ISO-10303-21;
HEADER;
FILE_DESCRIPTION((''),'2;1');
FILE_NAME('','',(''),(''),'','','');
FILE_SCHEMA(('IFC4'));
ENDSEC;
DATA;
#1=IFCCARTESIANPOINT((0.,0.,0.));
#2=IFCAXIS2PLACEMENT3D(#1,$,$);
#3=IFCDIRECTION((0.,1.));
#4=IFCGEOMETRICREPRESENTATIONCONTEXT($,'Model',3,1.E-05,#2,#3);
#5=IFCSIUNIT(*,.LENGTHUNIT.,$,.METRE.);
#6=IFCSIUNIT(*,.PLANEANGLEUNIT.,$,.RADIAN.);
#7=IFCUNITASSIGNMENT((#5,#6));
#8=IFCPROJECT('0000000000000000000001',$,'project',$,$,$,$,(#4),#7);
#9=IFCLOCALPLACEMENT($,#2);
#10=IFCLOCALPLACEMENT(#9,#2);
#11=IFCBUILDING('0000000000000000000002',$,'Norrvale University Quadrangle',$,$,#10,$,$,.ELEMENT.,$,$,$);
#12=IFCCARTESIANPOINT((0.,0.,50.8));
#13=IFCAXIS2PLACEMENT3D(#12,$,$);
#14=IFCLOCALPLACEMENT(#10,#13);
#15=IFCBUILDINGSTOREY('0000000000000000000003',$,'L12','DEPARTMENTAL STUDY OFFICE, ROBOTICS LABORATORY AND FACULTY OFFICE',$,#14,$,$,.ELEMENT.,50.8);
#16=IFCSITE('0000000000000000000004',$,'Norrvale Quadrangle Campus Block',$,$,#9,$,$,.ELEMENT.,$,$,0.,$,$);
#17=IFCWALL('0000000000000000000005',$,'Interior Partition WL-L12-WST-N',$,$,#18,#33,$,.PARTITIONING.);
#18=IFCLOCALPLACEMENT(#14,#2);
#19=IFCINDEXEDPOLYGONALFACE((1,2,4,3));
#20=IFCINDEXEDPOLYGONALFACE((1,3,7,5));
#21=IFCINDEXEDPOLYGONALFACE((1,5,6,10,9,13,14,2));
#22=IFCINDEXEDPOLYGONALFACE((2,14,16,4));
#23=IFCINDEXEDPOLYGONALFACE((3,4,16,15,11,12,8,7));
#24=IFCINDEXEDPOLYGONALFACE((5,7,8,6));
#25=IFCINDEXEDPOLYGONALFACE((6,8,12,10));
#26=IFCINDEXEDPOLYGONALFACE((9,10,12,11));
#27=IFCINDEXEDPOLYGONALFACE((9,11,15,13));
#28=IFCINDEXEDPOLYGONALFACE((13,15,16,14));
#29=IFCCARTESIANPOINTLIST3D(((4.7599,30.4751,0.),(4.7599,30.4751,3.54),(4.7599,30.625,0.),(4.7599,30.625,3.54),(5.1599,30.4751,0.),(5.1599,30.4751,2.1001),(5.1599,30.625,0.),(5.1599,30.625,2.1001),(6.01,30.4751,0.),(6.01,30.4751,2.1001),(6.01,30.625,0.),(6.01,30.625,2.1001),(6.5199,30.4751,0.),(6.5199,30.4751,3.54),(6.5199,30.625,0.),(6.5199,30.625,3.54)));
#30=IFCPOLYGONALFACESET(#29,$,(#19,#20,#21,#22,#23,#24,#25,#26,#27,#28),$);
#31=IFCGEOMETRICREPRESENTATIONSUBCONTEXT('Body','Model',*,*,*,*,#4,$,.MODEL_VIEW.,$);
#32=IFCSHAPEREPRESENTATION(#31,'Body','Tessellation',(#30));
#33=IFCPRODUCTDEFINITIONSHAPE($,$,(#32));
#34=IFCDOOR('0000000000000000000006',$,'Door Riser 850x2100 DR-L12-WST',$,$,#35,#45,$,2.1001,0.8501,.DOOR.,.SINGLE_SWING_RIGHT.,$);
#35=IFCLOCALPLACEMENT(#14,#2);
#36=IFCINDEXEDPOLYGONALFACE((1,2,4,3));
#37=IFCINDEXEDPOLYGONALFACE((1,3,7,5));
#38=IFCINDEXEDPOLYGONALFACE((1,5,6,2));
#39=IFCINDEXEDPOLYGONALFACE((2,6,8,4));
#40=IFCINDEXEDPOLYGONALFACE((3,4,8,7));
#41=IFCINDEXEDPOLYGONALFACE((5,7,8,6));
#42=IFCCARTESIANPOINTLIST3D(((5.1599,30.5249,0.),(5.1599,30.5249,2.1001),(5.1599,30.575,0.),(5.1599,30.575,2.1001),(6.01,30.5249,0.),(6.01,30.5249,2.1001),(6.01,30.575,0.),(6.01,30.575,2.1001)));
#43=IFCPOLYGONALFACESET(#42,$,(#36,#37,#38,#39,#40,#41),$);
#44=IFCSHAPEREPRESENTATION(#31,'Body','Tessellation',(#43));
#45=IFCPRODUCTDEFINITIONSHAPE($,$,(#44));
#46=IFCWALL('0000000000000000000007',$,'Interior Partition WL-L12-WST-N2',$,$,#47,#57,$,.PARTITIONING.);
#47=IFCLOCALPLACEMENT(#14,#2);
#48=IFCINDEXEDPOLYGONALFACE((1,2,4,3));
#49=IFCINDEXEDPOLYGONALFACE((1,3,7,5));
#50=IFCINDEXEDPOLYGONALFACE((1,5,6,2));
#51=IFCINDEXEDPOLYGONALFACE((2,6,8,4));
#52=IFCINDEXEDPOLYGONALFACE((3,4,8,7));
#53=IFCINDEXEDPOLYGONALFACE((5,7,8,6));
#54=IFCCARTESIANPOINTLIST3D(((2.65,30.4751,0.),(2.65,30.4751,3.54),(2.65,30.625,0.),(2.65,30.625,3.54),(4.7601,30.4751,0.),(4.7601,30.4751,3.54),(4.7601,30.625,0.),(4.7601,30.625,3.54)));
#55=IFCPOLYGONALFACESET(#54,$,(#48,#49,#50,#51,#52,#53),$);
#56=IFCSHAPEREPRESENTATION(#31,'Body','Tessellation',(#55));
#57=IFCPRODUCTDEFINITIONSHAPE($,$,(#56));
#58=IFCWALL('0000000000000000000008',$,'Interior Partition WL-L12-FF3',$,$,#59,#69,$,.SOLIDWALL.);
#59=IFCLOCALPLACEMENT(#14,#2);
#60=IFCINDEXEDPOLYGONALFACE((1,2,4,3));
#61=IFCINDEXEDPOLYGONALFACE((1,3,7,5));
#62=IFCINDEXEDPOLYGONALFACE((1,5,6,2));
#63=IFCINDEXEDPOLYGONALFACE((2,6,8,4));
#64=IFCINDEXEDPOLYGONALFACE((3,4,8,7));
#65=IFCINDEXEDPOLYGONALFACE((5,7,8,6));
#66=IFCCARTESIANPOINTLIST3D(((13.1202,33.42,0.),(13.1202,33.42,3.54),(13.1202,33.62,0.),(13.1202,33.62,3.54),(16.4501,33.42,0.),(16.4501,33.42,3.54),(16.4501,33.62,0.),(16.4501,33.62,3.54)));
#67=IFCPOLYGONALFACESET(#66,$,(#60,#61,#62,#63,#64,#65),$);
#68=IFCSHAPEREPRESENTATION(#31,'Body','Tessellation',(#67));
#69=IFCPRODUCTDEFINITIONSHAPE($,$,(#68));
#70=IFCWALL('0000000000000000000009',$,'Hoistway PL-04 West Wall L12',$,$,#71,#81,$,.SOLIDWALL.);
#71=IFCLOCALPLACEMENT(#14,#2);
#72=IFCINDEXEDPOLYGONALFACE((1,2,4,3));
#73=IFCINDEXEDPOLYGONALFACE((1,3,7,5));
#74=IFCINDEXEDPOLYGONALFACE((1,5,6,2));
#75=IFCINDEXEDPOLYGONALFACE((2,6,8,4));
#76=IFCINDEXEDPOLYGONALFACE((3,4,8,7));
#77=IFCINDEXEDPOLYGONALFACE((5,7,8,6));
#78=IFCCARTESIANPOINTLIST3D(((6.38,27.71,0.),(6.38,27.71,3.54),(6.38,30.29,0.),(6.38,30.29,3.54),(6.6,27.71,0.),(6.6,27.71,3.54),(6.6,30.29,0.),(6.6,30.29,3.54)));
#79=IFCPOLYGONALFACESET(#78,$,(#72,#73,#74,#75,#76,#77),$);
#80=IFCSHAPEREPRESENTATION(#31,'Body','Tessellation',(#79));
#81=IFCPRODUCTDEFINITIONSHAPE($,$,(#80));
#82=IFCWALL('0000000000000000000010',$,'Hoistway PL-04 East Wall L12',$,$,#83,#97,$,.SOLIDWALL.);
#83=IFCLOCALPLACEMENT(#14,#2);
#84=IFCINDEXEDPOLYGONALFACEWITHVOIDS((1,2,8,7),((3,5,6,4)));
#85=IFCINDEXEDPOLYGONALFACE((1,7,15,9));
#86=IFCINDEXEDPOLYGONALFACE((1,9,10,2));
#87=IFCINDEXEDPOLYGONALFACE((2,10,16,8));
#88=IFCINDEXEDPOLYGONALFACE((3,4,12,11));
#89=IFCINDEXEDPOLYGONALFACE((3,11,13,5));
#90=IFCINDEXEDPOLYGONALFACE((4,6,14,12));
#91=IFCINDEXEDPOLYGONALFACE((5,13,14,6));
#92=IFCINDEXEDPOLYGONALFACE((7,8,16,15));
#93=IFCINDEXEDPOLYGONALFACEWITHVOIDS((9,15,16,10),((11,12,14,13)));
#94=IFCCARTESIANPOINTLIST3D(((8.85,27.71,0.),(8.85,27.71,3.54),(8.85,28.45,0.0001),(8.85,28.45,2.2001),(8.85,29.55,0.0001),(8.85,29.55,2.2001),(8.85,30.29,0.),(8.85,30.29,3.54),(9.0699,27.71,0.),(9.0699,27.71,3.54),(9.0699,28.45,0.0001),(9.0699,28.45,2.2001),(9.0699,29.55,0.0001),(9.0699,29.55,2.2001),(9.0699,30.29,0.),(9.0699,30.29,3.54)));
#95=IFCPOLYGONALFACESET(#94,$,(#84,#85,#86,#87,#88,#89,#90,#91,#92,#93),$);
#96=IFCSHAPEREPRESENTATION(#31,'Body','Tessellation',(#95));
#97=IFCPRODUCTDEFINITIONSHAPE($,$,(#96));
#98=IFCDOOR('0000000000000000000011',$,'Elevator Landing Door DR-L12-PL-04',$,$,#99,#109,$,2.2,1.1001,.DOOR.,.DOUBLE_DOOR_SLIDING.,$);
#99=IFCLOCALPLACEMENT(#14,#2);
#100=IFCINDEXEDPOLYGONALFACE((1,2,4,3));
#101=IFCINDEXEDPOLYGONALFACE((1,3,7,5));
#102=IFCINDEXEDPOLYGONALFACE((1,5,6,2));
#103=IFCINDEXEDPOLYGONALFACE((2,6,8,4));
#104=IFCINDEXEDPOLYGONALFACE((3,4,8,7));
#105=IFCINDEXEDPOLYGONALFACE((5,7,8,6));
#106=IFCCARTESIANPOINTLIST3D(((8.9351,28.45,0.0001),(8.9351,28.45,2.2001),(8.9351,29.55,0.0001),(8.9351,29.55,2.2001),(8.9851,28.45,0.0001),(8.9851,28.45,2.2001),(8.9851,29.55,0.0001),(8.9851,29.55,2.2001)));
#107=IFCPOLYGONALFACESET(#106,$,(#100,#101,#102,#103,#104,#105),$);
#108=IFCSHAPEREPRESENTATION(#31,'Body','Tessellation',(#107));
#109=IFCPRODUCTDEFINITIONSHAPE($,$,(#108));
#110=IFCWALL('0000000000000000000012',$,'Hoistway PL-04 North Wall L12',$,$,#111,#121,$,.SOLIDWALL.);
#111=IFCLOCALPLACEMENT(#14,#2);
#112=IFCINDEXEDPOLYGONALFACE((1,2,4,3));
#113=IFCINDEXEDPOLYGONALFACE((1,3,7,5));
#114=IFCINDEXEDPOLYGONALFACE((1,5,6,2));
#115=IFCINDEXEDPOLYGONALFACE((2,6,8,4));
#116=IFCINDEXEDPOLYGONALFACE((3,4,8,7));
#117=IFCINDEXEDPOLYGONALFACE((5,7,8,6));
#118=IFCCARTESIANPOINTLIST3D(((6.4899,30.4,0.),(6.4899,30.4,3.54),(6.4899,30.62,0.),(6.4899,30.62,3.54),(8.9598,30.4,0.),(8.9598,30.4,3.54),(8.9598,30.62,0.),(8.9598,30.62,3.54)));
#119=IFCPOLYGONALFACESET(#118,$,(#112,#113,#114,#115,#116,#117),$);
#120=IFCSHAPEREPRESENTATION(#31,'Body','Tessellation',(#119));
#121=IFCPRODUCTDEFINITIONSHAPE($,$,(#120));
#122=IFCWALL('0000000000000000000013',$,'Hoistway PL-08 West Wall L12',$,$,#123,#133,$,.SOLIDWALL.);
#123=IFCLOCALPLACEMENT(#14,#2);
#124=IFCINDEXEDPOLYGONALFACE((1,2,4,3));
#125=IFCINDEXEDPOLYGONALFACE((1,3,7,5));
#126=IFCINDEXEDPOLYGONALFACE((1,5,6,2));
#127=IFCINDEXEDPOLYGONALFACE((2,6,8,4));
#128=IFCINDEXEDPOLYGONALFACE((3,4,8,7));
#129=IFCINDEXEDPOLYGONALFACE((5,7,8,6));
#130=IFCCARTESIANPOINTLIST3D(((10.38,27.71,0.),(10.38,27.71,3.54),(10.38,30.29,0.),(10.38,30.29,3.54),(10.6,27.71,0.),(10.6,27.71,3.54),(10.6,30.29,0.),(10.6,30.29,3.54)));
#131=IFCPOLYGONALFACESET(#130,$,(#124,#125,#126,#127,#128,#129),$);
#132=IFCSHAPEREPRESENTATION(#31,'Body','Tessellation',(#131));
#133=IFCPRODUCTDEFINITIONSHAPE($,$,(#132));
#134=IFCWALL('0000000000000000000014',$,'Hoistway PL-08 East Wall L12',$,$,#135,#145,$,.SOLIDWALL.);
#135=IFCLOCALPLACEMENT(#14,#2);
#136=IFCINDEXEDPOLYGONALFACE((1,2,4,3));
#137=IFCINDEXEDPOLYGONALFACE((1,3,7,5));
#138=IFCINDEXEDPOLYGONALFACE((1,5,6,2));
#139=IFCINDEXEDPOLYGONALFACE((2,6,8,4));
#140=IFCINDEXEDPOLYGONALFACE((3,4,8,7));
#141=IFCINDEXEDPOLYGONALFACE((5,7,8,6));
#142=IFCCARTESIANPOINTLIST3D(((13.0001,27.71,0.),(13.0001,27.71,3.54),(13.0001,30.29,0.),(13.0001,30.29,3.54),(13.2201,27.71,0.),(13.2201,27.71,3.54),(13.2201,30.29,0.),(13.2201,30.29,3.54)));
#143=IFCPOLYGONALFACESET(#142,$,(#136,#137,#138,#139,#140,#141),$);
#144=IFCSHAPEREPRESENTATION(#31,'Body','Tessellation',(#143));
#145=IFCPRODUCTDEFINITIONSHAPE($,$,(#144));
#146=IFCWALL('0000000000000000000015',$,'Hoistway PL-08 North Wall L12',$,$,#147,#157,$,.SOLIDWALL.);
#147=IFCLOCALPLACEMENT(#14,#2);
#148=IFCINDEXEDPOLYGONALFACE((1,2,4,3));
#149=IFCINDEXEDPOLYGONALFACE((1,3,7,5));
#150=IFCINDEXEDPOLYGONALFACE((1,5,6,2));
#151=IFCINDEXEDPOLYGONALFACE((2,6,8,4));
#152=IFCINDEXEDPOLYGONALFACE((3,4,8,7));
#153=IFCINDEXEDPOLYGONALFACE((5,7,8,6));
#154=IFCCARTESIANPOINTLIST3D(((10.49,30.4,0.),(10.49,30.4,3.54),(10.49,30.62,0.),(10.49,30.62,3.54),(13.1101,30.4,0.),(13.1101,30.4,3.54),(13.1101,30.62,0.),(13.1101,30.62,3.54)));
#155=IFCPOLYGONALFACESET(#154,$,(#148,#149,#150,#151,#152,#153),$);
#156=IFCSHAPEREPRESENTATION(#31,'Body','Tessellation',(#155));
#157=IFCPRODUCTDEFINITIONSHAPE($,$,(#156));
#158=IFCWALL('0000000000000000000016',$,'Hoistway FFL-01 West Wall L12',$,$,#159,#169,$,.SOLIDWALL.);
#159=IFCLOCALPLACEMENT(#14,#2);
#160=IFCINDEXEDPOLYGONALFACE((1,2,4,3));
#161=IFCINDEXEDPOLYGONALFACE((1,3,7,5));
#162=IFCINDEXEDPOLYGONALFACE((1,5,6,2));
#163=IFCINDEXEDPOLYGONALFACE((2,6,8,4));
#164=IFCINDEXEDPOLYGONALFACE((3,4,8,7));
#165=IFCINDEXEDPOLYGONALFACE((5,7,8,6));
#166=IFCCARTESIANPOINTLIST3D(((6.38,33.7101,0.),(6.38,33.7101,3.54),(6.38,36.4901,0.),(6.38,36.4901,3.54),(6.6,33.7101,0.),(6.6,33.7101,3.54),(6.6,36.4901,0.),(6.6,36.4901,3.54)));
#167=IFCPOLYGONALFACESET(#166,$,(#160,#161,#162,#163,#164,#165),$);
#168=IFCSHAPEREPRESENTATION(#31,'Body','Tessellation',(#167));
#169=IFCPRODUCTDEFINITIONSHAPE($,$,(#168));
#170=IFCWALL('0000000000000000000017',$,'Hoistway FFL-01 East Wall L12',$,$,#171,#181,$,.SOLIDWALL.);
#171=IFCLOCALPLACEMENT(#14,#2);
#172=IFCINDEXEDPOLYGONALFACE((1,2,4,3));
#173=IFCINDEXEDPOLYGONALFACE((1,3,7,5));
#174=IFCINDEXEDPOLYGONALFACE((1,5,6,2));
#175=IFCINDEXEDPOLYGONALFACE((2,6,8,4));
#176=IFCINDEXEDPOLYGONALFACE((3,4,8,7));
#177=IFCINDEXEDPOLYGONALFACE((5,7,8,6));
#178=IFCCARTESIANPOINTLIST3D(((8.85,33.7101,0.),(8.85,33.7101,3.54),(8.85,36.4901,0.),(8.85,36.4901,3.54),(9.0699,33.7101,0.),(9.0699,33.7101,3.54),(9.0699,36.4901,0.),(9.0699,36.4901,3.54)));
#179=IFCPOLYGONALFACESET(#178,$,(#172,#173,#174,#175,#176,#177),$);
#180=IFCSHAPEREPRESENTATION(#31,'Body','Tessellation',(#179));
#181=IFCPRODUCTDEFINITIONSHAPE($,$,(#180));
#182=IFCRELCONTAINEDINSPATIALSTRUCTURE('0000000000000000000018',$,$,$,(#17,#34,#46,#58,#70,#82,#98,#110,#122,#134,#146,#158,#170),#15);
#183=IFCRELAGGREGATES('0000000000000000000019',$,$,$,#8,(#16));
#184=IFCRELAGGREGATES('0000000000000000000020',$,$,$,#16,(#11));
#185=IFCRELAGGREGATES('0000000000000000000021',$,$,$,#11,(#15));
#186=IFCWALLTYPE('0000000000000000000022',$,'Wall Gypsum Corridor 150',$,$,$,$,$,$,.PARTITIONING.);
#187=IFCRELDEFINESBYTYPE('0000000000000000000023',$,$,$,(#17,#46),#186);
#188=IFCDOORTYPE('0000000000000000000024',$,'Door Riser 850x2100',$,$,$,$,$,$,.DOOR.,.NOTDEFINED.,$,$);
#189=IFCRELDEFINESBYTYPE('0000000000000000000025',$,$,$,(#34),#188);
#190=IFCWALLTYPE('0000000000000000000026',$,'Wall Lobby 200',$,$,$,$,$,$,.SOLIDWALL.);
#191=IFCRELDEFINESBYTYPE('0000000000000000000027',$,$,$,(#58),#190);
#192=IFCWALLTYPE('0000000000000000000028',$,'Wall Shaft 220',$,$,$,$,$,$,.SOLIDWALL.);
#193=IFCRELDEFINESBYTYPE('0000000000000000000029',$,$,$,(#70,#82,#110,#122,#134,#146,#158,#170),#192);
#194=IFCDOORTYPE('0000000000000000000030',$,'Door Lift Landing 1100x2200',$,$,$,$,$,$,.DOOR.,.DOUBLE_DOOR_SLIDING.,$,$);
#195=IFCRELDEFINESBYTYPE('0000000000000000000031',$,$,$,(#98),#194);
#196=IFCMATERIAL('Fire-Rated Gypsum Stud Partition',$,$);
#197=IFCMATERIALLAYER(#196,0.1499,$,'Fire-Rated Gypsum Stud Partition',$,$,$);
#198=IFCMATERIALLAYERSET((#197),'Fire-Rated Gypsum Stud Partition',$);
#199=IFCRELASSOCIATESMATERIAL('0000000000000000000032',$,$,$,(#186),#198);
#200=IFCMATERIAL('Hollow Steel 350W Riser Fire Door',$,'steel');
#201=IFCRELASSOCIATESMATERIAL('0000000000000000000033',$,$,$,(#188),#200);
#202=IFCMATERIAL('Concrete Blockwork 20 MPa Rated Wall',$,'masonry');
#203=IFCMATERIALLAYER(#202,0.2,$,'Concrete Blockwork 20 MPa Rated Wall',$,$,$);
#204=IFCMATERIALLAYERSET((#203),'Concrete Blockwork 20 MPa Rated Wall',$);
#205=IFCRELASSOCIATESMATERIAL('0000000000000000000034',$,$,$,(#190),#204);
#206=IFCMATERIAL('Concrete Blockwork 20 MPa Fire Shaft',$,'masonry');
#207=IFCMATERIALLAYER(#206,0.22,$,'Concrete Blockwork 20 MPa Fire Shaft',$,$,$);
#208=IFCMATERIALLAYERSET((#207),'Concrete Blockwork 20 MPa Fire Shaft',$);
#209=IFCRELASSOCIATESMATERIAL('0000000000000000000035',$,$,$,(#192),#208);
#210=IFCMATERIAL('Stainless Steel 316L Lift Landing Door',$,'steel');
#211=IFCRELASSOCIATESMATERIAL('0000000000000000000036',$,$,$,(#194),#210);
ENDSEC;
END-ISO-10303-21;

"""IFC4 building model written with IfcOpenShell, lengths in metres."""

from ifc_helpers import new_model, si_unit, direction, frame, frame_2d, origin, place, context, subcontext, project, spatial, rectangle, extrude, material, layer, layer_set, type_object, element, fill, save


model = new_model("IFC4")

# Units and contexts
model_context = context("Model", 3, precision=1e-05, world=origin(), true_north=direction((0.0, 1.0)))
body_context = subcontext(model_context, "Body", "Model", "MODEL_VIEW")
ifc_project = project(units=[si_unit("LENGTHUNIT", "METRE"), si_unit("PLANEANGLEUNIT", "RADIAN")], contexts=[model_context])

# Site, building, storey
site_placement = place(None, origin())
site = spatial("IfcSite", under=ifc_project, at=site_placement, Name="Norrvale Quadrangle Campus Block", CompositionType="ELEMENT", RefElevation=0.0)
building_placement = place(site_placement, origin())
building = spatial("IfcBuilding", under=site, at=building_placement, Name="Norrvale University Quadrangle", CompositionType="ELEMENT")
storey_placement = place(building_placement, frame((0.0, 0.0, 50.8)))
storey = spatial("IfcBuildingStorey", under=building, at=storey_placement, Name="L12", Description="DEPARTMENTAL STUDY OFFICE, ROBOTICS LABORATORY AND FACULTY OFFICE", CompositionType="ELEMENT", Elevation=50.8)

# Shared definitions
ifc_material_1 = material(Name="Fire-Rated Gypsum Stud Partition")
ifc_layer_1 = layer(ifc_material_1, 0.1499, Name="Fire-Rated Gypsum Stud Partition")
ifc_layer_set_1 = layer_set([ifc_layer_1], Name="Fire-Rated Gypsum Stud Partition")
wall_type_1 = type_object("IfcWallType", Name="Wall Gypsum Corridor 150", PredefinedType="PARTITIONING", material=ifc_layer_set_1)

# Wall, opening, door
ifc_material_2 = material(Name="Hollow Steel 350W Riser Fire Door", Category="steel")
door_type_1 = type_object("IfcDoorType", Name="Door Riser 850x2100", OperationType="NOTDEFINED", PredefinedType="DOOR", material=ifc_material_2)
wall_1_placement = place(storey_placement, frame((4.76, 30.55, 0.0), z_axis=(0.0, 0.0, 1.0), x_axis=(1.0, 0.0, 0.0)))
wall_1 = element("IfcWall", 1, at=wall_1_placement, inside=storey, type_object=wall_type_1, Name="Interior Partition WL-L12-WST-N", PredefinedType="PARTITIONING", context=body_context, shape_type="SweptSolid", body=[
    extrude(rectangle(XDim=1.76, YDim=0.1499, at=frame_2d((0.8799, 0.0))), origin(), (0.0, 0.0, 1.0), 3.54),
])
opening_1_placement = place(wall_1_placement, frame((0.3999, 0.0, 0.0)))
opening_1 = element("IfcOpeningElement", 2, at=opening_1_placement, cuts=wall_1, PredefinedType="OPENING", context=body_context, shape_type="SweptSolid", body=[
    extrude(rectangle(XDim=0.8501, YDim=2.1001, at=frame_2d((0.425, 1.05))), frame((0.0, 0.0869, 0.0), z_axis=(0.0, -1.0, 0.0), x_axis=(1.0, 0.0, 0.0)), (0.0, 0.0, 1.0), 0.1738),
])
door_1_placement = place(opening_1_placement, origin())
door_1 = element("IfcDoor", 3, at=door_1_placement, inside=storey, type_object=door_type_1, Name="Door Riser 850x2100 DR-L12-WST", OperationType="SINGLE_SWING_RIGHT", OverallHeight=2.1001, OverallWidth=0.8501, PredefinedType="DOOR", context=body_context, shape_type="SweptSolid", body=[
    extrude(rectangle(XDim=0.8501, YDim=2.1001, at=frame_2d((0.425, 1.05))), frame((0.0, 0.0249, 0.0), z_axis=(0.0, -1.0, 0.0), x_axis=(1.0, 0.0, 0.0)), (0.0, 0.0, 1.0), 0.05),
])
fill(opening_1, door_1)

# Walls
wall_2_placement = place(storey_placement, frame((2.6499, 30.55, 0.0), z_axis=(0.0, 0.0, 1.0), x_axis=(1.0, 0.0, 0.0)))
element("IfcWall", 4, at=wall_2_placement, inside=storey, type_object=wall_type_1, Name="Interior Partition WL-L12-WST-N2", PredefinedType="PARTITIONING", context=body_context, shape_type="SweptSolid", body=[
    extrude(rectangle(XDim=2.1101, YDim=0.1499, at=frame_2d((1.0552, 0.0))), origin(), (0.0, 0.0, 1.0), 3.54),
])
ifc_material_3 = material(Name="Concrete Blockwork 20 MPa Rated Wall", Category="masonry")
ifc_layer_2 = layer(ifc_material_3, 0.2, Name="Concrete Blockwork 20 MPa Rated Wall")
ifc_layer_set_2 = layer_set([ifc_layer_2], Name="Concrete Blockwork 20 MPa Rated Wall")
wall_type_2 = type_object("IfcWallType", Name="Wall Lobby 200", PredefinedType="SOLIDWALL", material=ifc_layer_set_2)
wall_3_placement = place(storey_placement, frame((13.1201, 33.52, 0.0), z_axis=(0.0, 0.0, 1.0), x_axis=(1.0, 0.0, 0.0)))
element("IfcWall", 5, at=wall_3_placement, inside=storey, type_object=wall_type_2, Name="Interior Partition WL-L12-FF3", PredefinedType="SOLIDWALL", context=body_context, shape_type="SweptSolid", body=[
    extrude(rectangle(XDim=3.3298, YDim=0.2, at=frame_2d((1.665, 0.0))), origin(), (0.0, 0.0, 1.0), 3.54),
])
ifc_material_4 = material(Name="Concrete Blockwork 20 MPa Fire Shaft", Category="masonry")
ifc_layer_3 = layer(ifc_material_4, 0.22, Name="Concrete Blockwork 20 MPa Fire Shaft")
ifc_layer_set_3 = layer_set([ifc_layer_3], Name="Concrete Blockwork 20 MPa Fire Shaft")
wall_type_3 = type_object("IfcWallType", Name="Wall Shaft 220", PredefinedType="SOLIDWALL", material=ifc_layer_set_3)
wall_4_placement = place(storey_placement, frame((6.49, 27.71, 0.0), z_axis=(0.0, 0.0, 1.0), x_axis=(0.0, 1.0, 0.0)))
element("IfcWall", 6, at=wall_4_placement, inside=storey, type_object=wall_type_3, Name="Hoistway PL-04 West Wall L12", PredefinedType="SOLIDWALL", context=body_context, shape_type="SweptSolid", body=[
    extrude(rectangle(XDim=2.5801, YDim=0.22, at=frame_2d((1.29, 0.0))), origin(), (0.0, 0.0, 1.0), 3.54),
])

# Wall, opening, door
wall_5_placement = place(storey_placement, frame((8.96, 27.71, 0.0), z_axis=(0.0, 0.0, 1.0), x_axis=(0.0, 1.0, 0.0)))
wall_5 = element("IfcWall", 7, at=wall_5_placement, inside=storey, type_object=wall_type_3, Name="Hoistway PL-04 East Wall L12", PredefinedType="SOLIDWALL", context=body_context, shape_type="SweptSolid", body=[
    extrude(rectangle(XDim=2.5801, YDim=0.22, at=frame_2d((1.29, 0.0))), origin(), (0.0, 0.0, 1.0), 3.54),
])
opening_2_placement = place(wall_5_placement, frame((0.74, 0.0, 0.0)))
opening_2 = element("IfcOpeningElement", 8, at=opening_2_placement, cuts=wall_5, PredefinedType="OPENING", context=body_context, shape_type="SweptSolid", body=[
    extrude(rectangle(XDim=1.1001, YDim=2.2, at=frame_2d((0.55, 1.1001))), frame((0.0, 0.1221, 0.0), z_axis=(0.0, -1.0, 0.0), x_axis=(1.0, 0.0, 0.0)), (0.0, 0.0, 1.0), 0.2439),
])
ifc_material_5 = material(Name="Stainless Steel 316L Lift Landing Door", Category="steel")
door_type_2 = type_object("IfcDoorType", Name="Door Lift Landing 1100x2200", OperationType="DOUBLE_DOOR_SLIDING", PredefinedType="DOOR", material=ifc_material_5)
door_2_placement = place(opening_2_placement, origin())
door_2 = element("IfcDoor", 9, at=door_2_placement, inside=storey, type_object=door_type_2, Name="Elevator Landing Door DR-L12-PL-04", OperationType="DOUBLE_DOOR_SLIDING", OverallHeight=2.2, OverallWidth=1.1001, PredefinedType="DOOR", context=body_context, shape_type="SweptSolid", body=[
    extrude(rectangle(XDim=1.1001, YDim=2.2, at=frame_2d((0.55, 1.1001))), frame((0.0, 0.0249, 0.0), z_axis=(0.0, -1.0, 0.0), x_axis=(1.0, 0.0, 0.0)), (0.0, 0.0, 1.0), 0.05),
])
fill(opening_2, door_2)

# Walls
wall_6_placement = place(storey_placement, frame((6.49, 30.51, 0.0), z_axis=(0.0, 0.0, 1.0), x_axis=(1.0, 0.0, 0.0)))
element("IfcWall", 10, at=wall_6_placement, inside=storey, type_object=wall_type_3, Name="Hoistway PL-04 North Wall L12", PredefinedType="SOLIDWALL", context=body_context, shape_type="SweptSolid", body=[
    extrude(rectangle(XDim=2.47, YDim=0.22, at=frame_2d((1.2349, 0.0))), origin(), (0.0, 0.0, 1.0), 3.54),
])
for number, where, z_axis, x_axis, name in (
    (11, (10.49, 27.71, 0.0), (0.0, 0.0, 1.0), (0.0, 1.0, 0.0), "Hoistway PL-08 West Wall L12"),
    (12, (13.1101, 27.71, 0.0), (0.0, 0.0, 1.0), (0.0, 1.0, 0.0), "Hoistway PL-08 East Wall L12"),
):
    element("IfcWall", number, at=place(storey_placement, frame(where, z_axis=z_axis, x_axis=x_axis)), inside=storey, type_object=wall_type_3, Name=name, PredefinedType="SOLIDWALL", context=body_context, shape_type="SweptSolid", body=[
        extrude(rectangle(XDim=2.5801, YDim=0.22, at=frame_2d((1.29, 0.0))), origin(), (0.0, 0.0, 1.0), 3.54),
    ])
wall_7_placement = place(storey_placement, frame((10.49, 30.51, 0.0), z_axis=(0.0, 0.0, 1.0), x_axis=(1.0, 0.0, 0.0)))
element("IfcWall", 13, at=wall_7_placement, inside=storey, type_object=wall_type_3, Name="Hoistway PL-08 North Wall L12", PredefinedType="SOLIDWALL", context=body_context, shape_type="SweptSolid", body=[
    extrude(rectangle(XDim=2.6201, YDim=0.22, at=frame_2d((1.3101, 0.0))), origin(), (0.0, 0.0, 1.0), 3.54),
])
for number, where, z_axis, x_axis, name in (
    (14, (6.49, 33.71, 0.0), (0.0, 0.0, 1.0), (0.0, 1.0, 0.0), "Hoistway FFL-01 West Wall L12"),
    (15, (8.96, 33.71, 0.0), (0.0, 0.0, 1.0), (0.0, 1.0, 0.0), "Hoistway FFL-01 East Wall L12"),
):
    element("IfcWall", number, at=place(storey_placement, frame(where, z_axis=z_axis, x_axis=x_axis)), inside=storey, type_object=wall_type_3, Name=name, PredefinedType="SOLIDWALL", context=body_context, shape_type="SweptSolid", body=[
        extrude(rectangle(XDim=2.78, YDim=0.22, at=frame_2d((1.3901, 0.0))), origin(), (0.0, 0.0, 1.0), 3.54),
    ])

save(model, "model.ifc")
